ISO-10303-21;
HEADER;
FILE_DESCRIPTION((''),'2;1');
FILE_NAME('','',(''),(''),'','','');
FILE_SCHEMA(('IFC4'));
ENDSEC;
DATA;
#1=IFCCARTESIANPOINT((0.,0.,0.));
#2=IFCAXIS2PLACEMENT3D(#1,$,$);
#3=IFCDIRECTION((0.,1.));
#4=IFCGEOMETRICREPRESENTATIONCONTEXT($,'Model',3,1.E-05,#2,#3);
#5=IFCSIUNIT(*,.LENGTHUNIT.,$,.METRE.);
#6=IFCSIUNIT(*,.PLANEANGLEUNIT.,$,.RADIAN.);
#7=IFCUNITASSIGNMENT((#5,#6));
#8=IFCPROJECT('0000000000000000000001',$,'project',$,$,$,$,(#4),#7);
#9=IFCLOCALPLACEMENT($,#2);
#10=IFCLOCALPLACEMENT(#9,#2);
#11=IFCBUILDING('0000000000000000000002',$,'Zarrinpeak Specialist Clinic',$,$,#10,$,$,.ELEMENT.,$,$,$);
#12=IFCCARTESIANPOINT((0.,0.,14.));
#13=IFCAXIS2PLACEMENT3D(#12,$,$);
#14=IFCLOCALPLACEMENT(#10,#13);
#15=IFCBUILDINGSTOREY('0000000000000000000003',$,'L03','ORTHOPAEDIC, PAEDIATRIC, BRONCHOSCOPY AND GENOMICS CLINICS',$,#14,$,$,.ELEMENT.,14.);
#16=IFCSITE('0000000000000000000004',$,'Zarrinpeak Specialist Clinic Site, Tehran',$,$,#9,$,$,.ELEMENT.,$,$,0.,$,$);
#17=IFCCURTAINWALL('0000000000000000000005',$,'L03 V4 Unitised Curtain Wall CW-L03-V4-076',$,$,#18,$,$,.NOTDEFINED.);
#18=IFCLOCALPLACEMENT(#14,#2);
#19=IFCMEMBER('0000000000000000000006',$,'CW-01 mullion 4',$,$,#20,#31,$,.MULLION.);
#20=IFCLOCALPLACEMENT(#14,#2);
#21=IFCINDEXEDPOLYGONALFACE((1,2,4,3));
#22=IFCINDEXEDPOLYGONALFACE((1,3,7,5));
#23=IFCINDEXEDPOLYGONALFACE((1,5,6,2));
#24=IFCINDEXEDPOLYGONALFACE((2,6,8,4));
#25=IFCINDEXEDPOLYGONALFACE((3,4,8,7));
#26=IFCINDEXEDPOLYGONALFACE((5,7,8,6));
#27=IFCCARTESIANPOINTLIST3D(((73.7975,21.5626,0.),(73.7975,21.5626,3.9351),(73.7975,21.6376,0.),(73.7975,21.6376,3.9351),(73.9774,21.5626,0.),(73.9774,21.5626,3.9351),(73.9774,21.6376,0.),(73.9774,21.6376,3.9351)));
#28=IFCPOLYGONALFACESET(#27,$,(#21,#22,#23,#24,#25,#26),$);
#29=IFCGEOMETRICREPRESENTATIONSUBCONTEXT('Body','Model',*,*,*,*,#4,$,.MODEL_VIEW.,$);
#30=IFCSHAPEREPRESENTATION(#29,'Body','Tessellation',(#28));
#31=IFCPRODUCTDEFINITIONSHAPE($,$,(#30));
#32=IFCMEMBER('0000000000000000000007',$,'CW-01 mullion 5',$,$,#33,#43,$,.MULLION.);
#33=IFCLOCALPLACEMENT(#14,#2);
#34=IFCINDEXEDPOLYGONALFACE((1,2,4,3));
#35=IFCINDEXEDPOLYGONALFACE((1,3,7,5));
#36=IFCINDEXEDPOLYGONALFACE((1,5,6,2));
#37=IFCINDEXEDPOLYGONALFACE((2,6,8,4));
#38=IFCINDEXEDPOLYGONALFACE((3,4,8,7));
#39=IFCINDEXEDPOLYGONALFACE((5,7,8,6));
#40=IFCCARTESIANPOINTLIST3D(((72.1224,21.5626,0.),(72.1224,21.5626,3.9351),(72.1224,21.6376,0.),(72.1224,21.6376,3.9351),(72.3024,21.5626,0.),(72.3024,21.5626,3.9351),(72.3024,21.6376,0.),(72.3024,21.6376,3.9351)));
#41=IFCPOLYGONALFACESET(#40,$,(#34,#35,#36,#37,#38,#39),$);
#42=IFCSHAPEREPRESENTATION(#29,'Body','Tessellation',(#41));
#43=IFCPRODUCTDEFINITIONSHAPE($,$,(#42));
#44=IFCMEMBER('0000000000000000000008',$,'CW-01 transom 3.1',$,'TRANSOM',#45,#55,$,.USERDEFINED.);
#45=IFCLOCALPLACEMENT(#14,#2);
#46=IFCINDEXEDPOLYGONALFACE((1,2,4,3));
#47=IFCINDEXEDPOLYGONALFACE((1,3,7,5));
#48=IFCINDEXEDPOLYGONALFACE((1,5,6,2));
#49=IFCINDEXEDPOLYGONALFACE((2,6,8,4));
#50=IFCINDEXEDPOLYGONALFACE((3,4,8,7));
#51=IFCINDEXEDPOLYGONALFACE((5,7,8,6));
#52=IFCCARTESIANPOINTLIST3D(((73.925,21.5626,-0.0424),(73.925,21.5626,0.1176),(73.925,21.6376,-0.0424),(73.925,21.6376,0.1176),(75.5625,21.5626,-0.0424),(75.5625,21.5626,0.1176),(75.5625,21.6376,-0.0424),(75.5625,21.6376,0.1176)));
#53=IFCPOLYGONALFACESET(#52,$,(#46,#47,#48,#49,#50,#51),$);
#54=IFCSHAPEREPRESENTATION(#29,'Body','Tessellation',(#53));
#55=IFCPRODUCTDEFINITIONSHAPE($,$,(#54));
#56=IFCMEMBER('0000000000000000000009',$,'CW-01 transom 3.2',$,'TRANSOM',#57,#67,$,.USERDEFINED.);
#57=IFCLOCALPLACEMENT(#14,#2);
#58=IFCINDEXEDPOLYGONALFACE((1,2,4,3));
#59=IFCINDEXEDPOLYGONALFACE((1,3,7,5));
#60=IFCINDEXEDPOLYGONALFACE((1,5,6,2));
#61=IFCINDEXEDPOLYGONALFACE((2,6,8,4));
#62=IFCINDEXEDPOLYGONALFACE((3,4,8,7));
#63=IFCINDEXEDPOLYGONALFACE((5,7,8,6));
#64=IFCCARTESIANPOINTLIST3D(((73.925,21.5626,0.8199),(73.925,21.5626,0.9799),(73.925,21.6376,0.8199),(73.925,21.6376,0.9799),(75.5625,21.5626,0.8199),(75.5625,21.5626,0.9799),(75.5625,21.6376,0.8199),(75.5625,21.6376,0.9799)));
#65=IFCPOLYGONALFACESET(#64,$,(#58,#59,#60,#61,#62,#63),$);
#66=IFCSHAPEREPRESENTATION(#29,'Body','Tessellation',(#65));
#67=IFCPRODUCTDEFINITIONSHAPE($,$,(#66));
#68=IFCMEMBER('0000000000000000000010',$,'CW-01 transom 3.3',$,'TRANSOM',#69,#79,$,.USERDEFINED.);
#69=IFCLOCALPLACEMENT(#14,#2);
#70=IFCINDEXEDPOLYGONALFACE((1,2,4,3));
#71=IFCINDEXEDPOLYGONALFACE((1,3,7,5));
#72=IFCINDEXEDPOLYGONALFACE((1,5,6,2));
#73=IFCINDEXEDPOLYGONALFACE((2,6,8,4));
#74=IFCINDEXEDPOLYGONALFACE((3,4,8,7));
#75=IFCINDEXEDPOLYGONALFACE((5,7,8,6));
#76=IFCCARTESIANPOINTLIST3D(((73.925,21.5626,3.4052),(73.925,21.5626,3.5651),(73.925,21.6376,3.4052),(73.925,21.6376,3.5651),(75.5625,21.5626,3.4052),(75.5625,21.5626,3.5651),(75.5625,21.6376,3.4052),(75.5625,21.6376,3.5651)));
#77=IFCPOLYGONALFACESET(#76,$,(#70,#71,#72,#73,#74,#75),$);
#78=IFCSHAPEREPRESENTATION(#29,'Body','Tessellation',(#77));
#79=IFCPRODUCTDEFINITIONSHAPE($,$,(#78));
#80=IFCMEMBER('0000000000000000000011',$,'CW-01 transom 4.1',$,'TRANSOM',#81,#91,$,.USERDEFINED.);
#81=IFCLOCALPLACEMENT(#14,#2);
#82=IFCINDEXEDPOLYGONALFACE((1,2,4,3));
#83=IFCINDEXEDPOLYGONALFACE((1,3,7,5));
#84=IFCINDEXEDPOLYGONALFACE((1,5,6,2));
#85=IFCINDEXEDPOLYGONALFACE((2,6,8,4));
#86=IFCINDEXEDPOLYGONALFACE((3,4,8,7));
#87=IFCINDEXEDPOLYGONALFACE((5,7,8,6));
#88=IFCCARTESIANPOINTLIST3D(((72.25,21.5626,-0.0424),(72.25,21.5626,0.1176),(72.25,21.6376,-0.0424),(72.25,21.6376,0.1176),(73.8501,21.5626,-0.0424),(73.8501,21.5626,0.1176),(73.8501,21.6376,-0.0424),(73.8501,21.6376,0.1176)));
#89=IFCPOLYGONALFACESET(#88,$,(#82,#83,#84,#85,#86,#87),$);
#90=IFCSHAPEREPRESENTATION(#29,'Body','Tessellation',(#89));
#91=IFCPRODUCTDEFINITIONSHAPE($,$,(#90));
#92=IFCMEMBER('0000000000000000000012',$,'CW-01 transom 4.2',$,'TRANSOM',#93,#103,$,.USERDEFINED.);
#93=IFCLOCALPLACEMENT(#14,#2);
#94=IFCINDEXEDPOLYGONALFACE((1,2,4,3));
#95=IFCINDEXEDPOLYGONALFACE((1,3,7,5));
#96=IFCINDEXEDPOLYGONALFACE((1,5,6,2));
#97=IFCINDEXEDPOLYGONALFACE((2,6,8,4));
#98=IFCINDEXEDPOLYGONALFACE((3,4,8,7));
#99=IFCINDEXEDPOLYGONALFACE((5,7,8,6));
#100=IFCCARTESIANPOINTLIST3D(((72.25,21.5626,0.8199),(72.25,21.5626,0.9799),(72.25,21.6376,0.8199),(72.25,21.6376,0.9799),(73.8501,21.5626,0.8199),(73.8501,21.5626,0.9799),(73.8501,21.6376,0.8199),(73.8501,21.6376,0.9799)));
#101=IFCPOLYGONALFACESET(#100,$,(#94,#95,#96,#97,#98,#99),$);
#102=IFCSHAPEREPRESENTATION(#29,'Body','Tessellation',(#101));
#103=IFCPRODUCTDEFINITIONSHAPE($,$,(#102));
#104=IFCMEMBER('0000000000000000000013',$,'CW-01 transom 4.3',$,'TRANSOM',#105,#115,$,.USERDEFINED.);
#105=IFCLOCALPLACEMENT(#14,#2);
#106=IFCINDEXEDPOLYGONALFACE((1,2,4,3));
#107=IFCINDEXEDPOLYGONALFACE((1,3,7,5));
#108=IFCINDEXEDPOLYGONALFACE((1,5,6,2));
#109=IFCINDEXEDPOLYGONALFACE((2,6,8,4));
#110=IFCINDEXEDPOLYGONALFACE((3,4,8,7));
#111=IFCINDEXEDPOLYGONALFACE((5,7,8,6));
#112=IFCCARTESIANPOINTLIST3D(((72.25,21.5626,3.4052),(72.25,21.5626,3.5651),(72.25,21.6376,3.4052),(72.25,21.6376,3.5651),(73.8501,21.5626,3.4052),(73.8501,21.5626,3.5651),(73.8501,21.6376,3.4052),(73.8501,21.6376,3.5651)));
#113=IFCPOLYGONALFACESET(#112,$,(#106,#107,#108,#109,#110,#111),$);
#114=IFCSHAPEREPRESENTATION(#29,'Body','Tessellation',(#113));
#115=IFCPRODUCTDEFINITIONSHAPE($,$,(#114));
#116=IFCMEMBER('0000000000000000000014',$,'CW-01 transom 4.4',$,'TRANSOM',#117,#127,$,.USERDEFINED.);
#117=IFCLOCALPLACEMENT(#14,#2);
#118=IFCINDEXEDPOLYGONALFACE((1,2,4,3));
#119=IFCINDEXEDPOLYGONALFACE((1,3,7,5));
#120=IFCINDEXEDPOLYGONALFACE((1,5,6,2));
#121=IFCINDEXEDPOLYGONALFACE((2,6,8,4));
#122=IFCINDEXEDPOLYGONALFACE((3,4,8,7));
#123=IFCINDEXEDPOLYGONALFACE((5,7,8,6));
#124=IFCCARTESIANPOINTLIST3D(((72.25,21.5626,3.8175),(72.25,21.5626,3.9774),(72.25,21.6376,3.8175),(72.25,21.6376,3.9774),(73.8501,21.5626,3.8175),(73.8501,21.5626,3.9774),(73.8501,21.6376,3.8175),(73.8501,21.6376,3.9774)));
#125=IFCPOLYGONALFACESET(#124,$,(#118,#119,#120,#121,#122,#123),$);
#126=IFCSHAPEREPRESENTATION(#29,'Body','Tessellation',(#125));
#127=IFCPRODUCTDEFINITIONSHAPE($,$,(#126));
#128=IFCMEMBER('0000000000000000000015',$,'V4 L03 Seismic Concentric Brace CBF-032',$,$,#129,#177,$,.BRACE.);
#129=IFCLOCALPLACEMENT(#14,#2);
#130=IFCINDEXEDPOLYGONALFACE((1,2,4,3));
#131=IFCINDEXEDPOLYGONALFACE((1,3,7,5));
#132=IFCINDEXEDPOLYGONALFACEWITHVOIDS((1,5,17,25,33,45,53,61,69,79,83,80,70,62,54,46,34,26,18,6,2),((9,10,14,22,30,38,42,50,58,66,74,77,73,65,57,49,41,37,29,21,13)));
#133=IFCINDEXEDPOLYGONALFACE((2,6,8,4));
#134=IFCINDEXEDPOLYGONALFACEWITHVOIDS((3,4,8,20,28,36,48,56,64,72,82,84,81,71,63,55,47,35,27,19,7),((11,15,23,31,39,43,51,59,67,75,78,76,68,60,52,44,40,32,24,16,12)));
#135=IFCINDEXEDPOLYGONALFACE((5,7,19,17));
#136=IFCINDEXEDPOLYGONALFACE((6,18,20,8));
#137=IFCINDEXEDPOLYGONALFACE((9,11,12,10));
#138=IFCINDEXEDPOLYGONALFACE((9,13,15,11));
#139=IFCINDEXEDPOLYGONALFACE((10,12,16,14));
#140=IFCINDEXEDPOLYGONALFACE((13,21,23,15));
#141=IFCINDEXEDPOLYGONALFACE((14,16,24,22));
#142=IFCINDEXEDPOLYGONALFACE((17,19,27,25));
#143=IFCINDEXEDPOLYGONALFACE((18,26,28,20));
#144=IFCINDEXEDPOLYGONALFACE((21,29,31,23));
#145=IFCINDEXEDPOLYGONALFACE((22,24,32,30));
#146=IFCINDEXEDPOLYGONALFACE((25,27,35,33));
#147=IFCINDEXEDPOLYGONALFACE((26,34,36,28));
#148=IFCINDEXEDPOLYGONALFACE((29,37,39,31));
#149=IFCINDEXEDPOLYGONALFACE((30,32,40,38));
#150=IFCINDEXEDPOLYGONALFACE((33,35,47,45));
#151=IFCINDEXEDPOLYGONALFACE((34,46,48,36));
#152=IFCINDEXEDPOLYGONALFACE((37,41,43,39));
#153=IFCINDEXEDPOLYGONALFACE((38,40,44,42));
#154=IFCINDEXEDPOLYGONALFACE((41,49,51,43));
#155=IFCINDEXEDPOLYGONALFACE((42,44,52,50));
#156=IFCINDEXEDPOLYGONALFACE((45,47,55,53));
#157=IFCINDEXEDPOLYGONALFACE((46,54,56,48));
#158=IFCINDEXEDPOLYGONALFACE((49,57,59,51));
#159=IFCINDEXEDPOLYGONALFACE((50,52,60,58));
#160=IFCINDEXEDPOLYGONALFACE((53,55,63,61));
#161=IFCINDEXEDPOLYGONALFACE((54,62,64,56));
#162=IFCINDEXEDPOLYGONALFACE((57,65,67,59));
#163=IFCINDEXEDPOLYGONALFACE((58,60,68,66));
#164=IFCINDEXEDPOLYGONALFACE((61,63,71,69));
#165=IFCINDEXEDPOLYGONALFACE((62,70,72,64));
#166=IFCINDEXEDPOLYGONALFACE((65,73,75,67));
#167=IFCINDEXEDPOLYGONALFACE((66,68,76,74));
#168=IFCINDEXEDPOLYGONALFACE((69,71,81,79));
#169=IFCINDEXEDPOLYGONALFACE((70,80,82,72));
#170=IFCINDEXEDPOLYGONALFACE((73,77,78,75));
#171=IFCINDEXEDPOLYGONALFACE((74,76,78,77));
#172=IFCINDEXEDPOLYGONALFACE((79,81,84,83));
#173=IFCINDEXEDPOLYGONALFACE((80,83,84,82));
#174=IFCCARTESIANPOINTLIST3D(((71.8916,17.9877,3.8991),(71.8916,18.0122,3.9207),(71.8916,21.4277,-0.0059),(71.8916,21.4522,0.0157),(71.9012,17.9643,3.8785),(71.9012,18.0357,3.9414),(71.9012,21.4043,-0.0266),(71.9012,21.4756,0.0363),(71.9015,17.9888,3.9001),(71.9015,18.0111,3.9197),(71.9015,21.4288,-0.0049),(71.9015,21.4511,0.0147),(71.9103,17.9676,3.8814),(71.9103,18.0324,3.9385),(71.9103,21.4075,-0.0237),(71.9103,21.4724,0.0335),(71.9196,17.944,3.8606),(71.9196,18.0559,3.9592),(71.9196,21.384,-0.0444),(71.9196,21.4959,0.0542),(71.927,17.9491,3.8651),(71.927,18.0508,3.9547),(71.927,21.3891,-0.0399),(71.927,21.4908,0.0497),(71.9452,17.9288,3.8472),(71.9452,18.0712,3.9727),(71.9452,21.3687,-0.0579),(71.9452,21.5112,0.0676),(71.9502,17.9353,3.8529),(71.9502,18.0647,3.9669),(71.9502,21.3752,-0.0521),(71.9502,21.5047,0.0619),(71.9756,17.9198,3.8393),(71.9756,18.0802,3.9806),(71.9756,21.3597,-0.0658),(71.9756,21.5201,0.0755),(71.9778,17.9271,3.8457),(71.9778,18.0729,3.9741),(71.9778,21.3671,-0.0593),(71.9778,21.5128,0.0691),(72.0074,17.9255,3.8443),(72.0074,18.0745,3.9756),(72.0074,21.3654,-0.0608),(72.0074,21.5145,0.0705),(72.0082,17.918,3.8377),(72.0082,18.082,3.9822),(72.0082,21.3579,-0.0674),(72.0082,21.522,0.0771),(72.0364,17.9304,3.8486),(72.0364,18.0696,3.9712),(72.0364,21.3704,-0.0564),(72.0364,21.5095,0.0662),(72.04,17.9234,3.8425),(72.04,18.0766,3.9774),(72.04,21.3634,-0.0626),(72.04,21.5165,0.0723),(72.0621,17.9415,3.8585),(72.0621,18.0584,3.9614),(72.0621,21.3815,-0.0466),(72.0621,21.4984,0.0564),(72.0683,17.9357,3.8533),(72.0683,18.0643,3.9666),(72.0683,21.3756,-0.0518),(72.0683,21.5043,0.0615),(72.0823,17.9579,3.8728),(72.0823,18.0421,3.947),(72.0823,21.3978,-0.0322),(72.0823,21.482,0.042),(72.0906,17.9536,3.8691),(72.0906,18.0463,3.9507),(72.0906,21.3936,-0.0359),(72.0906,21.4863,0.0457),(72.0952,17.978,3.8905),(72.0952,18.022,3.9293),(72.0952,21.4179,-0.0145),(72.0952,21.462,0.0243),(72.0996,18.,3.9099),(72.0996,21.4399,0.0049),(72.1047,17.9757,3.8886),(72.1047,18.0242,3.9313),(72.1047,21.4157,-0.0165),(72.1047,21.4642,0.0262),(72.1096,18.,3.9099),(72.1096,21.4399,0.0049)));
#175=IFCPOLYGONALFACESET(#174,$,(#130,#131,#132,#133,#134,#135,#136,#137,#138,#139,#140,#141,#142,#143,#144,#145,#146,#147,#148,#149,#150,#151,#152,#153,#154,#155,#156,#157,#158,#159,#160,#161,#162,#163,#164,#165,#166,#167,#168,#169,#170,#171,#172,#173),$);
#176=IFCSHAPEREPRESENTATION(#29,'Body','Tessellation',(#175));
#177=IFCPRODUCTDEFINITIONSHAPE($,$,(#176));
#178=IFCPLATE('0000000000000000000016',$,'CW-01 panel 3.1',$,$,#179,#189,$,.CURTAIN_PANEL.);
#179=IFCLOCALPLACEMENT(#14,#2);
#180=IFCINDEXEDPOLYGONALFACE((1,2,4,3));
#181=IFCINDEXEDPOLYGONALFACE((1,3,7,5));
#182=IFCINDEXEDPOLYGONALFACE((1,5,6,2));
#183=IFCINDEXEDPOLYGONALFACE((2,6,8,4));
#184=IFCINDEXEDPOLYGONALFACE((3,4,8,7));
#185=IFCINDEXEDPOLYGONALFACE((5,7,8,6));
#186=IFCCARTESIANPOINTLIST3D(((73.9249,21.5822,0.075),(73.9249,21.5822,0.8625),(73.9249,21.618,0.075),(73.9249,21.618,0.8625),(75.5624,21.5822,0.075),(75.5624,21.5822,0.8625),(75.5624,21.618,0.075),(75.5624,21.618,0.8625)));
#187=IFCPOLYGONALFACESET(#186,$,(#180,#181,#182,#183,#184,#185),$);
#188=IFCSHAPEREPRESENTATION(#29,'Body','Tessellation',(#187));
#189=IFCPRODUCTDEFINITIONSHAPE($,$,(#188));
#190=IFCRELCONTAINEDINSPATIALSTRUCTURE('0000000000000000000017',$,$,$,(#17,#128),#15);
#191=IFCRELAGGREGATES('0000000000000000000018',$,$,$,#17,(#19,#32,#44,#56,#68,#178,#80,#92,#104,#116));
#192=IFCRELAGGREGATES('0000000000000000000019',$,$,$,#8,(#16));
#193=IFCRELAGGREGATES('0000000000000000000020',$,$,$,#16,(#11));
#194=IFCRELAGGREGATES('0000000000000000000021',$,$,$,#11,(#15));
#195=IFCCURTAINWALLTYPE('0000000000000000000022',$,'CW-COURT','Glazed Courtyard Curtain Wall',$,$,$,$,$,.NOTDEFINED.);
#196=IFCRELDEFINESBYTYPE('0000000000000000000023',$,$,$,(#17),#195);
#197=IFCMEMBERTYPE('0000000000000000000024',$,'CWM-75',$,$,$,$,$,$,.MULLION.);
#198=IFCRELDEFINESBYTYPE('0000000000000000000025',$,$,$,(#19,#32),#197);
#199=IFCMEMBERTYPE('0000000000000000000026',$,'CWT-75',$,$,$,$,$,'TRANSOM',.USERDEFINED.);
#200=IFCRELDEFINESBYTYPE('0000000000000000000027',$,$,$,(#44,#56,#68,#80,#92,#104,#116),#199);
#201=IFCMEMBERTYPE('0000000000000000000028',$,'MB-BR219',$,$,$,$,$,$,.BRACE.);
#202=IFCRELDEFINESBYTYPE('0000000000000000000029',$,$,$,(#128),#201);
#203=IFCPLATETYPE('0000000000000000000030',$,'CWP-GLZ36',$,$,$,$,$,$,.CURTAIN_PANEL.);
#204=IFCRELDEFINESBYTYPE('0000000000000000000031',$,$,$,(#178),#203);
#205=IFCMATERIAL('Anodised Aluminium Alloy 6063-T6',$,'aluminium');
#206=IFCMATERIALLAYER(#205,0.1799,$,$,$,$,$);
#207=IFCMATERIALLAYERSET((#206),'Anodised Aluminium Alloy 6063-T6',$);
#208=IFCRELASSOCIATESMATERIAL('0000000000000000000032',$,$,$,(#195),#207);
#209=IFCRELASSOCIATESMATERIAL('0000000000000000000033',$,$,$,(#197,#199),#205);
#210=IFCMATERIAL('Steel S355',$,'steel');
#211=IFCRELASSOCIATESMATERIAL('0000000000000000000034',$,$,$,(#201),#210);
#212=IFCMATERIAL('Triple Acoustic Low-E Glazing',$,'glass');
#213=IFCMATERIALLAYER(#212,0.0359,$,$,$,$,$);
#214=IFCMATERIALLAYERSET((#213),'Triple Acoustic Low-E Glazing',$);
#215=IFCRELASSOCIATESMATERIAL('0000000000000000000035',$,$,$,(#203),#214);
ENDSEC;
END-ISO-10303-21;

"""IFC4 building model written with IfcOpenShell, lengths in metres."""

from ifc_helpers import new_model, si_unit, direction, frame, origin, origin_2d, place, context, subcontext, project, spatial, rectangle, hollow_circle, extrude, material, layer, layer_set, material_profile, profile_set, type_object, element, aggregate, save


model = new_model("IFC4")

# Units and contexts
model_context = context("Model", 3, precision=1e-05, world=origin(), true_north=direction((0.0, 1.0)))
body_context = subcontext(model_context, "Body", "Model", "MODEL_VIEW")
ifc_project = project(units=[si_unit("LENGTHUNIT", "METRE"), si_unit("PLANEANGLEUNIT", "RADIAN")], contexts=[model_context])

# Site, building, storey
site_placement = place(None, origin())
site = spatial("IfcSite", under=ifc_project, at=site_placement, Name="Zarrinpeak Specialist Clinic Site, Tehran", CompositionType="ELEMENT", RefElevation=0.0)
building_placement = place(site_placement, origin())
building = spatial("IfcBuilding", under=site, at=building_placement, Name="Zarrinpeak Specialist Clinic", CompositionType="ELEMENT")
storey_placement = place(building_placement, frame((0.0, 0.0, 14.0)))
storey = spatial("IfcBuildingStorey", under=building, at=storey_placement, Name="L03", Description="ORTHOPAEDIC, PAEDIATRIC, BRONCHOSCOPY AND GENOMICS CLINICS", CompositionType="ELEMENT", Elevation=14.0)

# Shared definitions
ifc_material_1 = material(Name="Steel S355", Category="steel")

# Curtain wall, members
ifc_material_2 = material(Name="Anodised Aluminium Alloy 6063-T6", Category="aluminium")
ifc_layer_1 = layer(ifc_material_2, 0.1799)
ifc_layer_set_1 = layer_set([ifc_layer_1], Name="Anodised Aluminium Alloy 6063-T6")
curtain_wall_type = type_object("IfcCurtainWallType", Name="CW-COURT", Description="Glazed Courtyard Curtain Wall", PredefinedType="NOTDEFINED", material=ifc_layer_set_1)
curtain_wall_placement = place(storey_placement, origin())
curtain_wall = element("IfcCurtainWall", 1, at=curtain_wall_placement, inside=storey, type_object=curtain_wall_type, Name="L03 V4 Unitised Curtain Wall CW-L03-V4-076", PredefinedType="NOTDEFINED")
ifc_material_profile_1 = material_profile(ifc_material_2, rectangle(XDim=0.075, YDim=0.1799, at=origin_2d()), Name="ALU 75x180")
ifc_profile_set_1 = profile_set([ifc_material_profile_1], Name="Anodised Aluminium Alloy 6063-T6")
member_type_1 = type_object("IfcMemberType", Name="CWM-75", PredefinedType="MULLION", material=ifc_profile_set_1)
member_1_placement = place(storey_placement, frame((73.8875, 21.6001, 0.0), z_axis=(0.0, 0.0, 1.0), x_axis=(0.0, -1.0, 0.0)))
member_1 = element("IfcMember", 2, at=member_1_placement, type_object=member_type_1, Name="CW-01 mullion 4", PredefinedType="MULLION", context=body_context, shape_type="SweptSolid", body=[
    extrude(rectangle(XDim=0.075, YDim=0.1799, at=origin_2d()), origin(), (0.0, 0.0, 1.0), 3.9351),
])
member_2_placement = place(storey_placement, frame((72.2124, 21.6001, 0.0), z_axis=(0.0, 0.0, 1.0), x_axis=(0.0, -1.0, 0.0)))
member_2 = element("IfcMember", 3, at=member_2_placement, type_object=member_type_1, Name="CW-01 mullion 5", PredefinedType="MULLION", context=body_context, shape_type="SweptSolid", body=[
    extrude(rectangle(XDim=0.075, YDim=0.1799, at=origin_2d()), origin(), (0.0, 0.0, 1.0), 3.9351),
])
ifc_material_profile_2 = material_profile(ifc_material_2, rectangle(XDim=0.075, YDim=0.1599, at=origin_2d()), Name="ALU 75x160")
ifc_profile_set_2 = profile_set([ifc_material_profile_2], Name="Anodised Aluminium Alloy 6063-T6")
member_type_2 = type_object("IfcMemberType", Name="CWT-75", ElementType="TRANSOM", PredefinedType="USERDEFINED", material=ifc_profile_set_2)
member_3_placement = place(storey_placement, frame((75.5625, 21.6001, 0.0376), z_axis=(-1.0, 0.0, 0.0), x_axis=(0.0, -1.0, 0.0)))
member_3 = element("IfcMember", 4, at=member_3_placement, type_object=member_type_2, Name="CW-01 transom 3.1", ObjectType="TRANSOM", PredefinedType="USERDEFINED", context=body_context, shape_type="SweptSolid", body=[
    extrude(rectangle(XDim=0.075, YDim=0.1599, at=origin_2d()), origin(), (0.0, 0.0, 1.0), 1.6375),
])
member_4_placement = place(storey_placement, frame((75.5625, 21.6001, 0.8999), z_axis=(-1.0, 0.0, 0.0), x_axis=(0.0, -1.0, 0.0)))
member_4 = element("IfcMember", 5, at=member_4_placement, type_object=member_type_2, Name="CW-01 transom 3.2", ObjectType="TRANSOM", PredefinedType="USERDEFINED", context=body_context, shape_type="SweptSolid", body=[
    extrude(rectangle(XDim=0.075, YDim=0.1599, at=origin_2d()), origin(), (0.0, 0.0, 1.0), 1.6375),
])
member_5_placement = place(storey_placement, frame((75.5625, 21.6001, 3.4851), z_axis=(-1.0, 0.0, 0.0), x_axis=(0.0, -1.0, 0.0)))
member_5 = element("IfcMember", 6, at=member_5_placement, type_object=member_type_2, Name="CW-01 transom 3.3", ObjectType="TRANSOM", PredefinedType="USERDEFINED", context=body_context, shape_type="SweptSolid", body=[
    extrude(rectangle(XDim=0.075, YDim=0.1599, at=origin_2d()), origin(), (0.0, 0.0, 1.0), 1.6375),
])
member_6_placement = place(storey_placement, frame((73.8501, 21.6001, 0.0376), z_axis=(-1.0, 0.0, 0.0), x_axis=(0.0, -1.0, 0.0)))
member_6 = element("IfcMember", 7, at=member_6_placement, type_object=member_type_2, Name="CW-01 transom 4.1", ObjectType="TRANSOM", PredefinedType="USERDEFINED", context=body_context, shape_type="SweptSolid", body=[
    extrude(rectangle(XDim=0.075, YDim=0.1599, at=origin_2d()), origin(), (0.0, 0.0, 1.0), 1.6001),
])
member_7_placement = place(storey_placement, frame((73.8501, 21.6001, 0.8999), z_axis=(-1.0, 0.0, 0.0), x_axis=(0.0, -1.0, 0.0)))
member_7 = element("IfcMember", 8, at=member_7_placement, type_object=member_type_2, Name="CW-01 transom 4.2", ObjectType="TRANSOM", PredefinedType="USERDEFINED", context=body_context, shape_type="SweptSolid", body=[
    extrude(rectangle(XDim=0.075, YDim=0.1599, at=origin_2d()), origin(), (0.0, 0.0, 1.0), 1.6001),
])
member_8_placement = place(storey_placement, frame((73.8501, 21.6001, 3.4851), z_axis=(-1.0, 0.0, 0.0), x_axis=(0.0, -1.0, 0.0)))
member_8 = element("IfcMember", 9, at=member_8_placement, type_object=member_type_2, Name="CW-01 transom 4.3", ObjectType="TRANSOM", PredefinedType="USERDEFINED", context=body_context, shape_type="SweptSolid", body=[
    extrude(rectangle(XDim=0.075, YDim=0.1599, at=origin_2d()), origin(), (0.0, 0.0, 1.0), 1.6001),
])
member_9_placement = place(storey_placement, frame((73.8501, 21.6001, 3.8975), z_axis=(-1.0, 0.0, 0.0), x_axis=(0.0, -1.0, 0.0)))
member_9 = element("IfcMember", 10, at=member_9_placement, type_object=member_type_2, Name="CW-01 transom 4.4", ObjectType="TRANSOM", PredefinedType="USERDEFINED", context=body_context, shape_type="SweptSolid", body=[
    extrude(rectangle(XDim=0.075, YDim=0.1599, at=origin_2d()), origin(), (0.0, 0.0, 1.0), 1.6001),
])

# Member
ifc_material_profile_3 = material_profile(ifc_material_1, hollow_circle(Radius=0.1096, WallThickness=0.01, at=origin_2d()), Name="CHS 219.1x10.0")
ifc_profile_set_3 = profile_set([ifc_material_profile_3], Name="Steel S355")
member_type_3 = type_object("IfcMemberType", Name="MB-BR219", PredefinedType="BRACE", material=ifc_profile_set_3)
member_10_placement = place(storey_placement, frame((72.0, 21.4399, 0.0049), z_axis=(0.0, -0.661009, 0.750378), x_axis=(1.0, 0.0, 0.0)))
element("IfcMember", 11, at=member_10_placement, inside=storey, type_object=member_type_3, Name="V4 L03 Seismic Concentric Brace CBF-032", PredefinedType="BRACE", context=body_context, shape_type="SweptSolid", body=[
    extrude(hollow_circle(Radius=0.1096, WallThickness=0.01, at=origin_2d()), origin(), (0.0, 0.0, 1.0), 5.2041),
])

# Plate
ifc_material_3 = material(Name="Triple Acoustic Low-E Glazing", Category="glass")
ifc_layer_2 = layer(ifc_material_3, 0.0359)
ifc_layer_set_2 = layer_set([ifc_layer_2], Name="Triple Acoustic Low-E Glazing")
plate_type_1 = type_object("IfcPlateType", Name="CWP-GLZ36", PredefinedType="CURTAIN_PANEL", material=ifc_layer_set_2)
plate_1_placement = place(storey_placement, frame((74.7437, 21.6001, 0.075), z_axis=(0.0, 0.0, 1.0), x_axis=(-1.0, 0.0, 0.0)))
plate_1 = element("IfcPlate", 12, at=plate_1_placement, type_object=plate_type_1, Name="CW-01 panel 3.1", PredefinedType="CURTAIN_PANEL", context=body_context, shape_type="SweptSolid", body=[
    extrude(rectangle(XDim=1.6375, YDim=0.0359, at=origin_2d()), origin(), (0.0, 0.0, 1.0), 0.7876),
])
aggregate(curtain_wall, [member_1, member_2, member_3, member_4, member_5, plate_1, member_6, member_7, member_8, member_9])

save(model, "model.ifc")
